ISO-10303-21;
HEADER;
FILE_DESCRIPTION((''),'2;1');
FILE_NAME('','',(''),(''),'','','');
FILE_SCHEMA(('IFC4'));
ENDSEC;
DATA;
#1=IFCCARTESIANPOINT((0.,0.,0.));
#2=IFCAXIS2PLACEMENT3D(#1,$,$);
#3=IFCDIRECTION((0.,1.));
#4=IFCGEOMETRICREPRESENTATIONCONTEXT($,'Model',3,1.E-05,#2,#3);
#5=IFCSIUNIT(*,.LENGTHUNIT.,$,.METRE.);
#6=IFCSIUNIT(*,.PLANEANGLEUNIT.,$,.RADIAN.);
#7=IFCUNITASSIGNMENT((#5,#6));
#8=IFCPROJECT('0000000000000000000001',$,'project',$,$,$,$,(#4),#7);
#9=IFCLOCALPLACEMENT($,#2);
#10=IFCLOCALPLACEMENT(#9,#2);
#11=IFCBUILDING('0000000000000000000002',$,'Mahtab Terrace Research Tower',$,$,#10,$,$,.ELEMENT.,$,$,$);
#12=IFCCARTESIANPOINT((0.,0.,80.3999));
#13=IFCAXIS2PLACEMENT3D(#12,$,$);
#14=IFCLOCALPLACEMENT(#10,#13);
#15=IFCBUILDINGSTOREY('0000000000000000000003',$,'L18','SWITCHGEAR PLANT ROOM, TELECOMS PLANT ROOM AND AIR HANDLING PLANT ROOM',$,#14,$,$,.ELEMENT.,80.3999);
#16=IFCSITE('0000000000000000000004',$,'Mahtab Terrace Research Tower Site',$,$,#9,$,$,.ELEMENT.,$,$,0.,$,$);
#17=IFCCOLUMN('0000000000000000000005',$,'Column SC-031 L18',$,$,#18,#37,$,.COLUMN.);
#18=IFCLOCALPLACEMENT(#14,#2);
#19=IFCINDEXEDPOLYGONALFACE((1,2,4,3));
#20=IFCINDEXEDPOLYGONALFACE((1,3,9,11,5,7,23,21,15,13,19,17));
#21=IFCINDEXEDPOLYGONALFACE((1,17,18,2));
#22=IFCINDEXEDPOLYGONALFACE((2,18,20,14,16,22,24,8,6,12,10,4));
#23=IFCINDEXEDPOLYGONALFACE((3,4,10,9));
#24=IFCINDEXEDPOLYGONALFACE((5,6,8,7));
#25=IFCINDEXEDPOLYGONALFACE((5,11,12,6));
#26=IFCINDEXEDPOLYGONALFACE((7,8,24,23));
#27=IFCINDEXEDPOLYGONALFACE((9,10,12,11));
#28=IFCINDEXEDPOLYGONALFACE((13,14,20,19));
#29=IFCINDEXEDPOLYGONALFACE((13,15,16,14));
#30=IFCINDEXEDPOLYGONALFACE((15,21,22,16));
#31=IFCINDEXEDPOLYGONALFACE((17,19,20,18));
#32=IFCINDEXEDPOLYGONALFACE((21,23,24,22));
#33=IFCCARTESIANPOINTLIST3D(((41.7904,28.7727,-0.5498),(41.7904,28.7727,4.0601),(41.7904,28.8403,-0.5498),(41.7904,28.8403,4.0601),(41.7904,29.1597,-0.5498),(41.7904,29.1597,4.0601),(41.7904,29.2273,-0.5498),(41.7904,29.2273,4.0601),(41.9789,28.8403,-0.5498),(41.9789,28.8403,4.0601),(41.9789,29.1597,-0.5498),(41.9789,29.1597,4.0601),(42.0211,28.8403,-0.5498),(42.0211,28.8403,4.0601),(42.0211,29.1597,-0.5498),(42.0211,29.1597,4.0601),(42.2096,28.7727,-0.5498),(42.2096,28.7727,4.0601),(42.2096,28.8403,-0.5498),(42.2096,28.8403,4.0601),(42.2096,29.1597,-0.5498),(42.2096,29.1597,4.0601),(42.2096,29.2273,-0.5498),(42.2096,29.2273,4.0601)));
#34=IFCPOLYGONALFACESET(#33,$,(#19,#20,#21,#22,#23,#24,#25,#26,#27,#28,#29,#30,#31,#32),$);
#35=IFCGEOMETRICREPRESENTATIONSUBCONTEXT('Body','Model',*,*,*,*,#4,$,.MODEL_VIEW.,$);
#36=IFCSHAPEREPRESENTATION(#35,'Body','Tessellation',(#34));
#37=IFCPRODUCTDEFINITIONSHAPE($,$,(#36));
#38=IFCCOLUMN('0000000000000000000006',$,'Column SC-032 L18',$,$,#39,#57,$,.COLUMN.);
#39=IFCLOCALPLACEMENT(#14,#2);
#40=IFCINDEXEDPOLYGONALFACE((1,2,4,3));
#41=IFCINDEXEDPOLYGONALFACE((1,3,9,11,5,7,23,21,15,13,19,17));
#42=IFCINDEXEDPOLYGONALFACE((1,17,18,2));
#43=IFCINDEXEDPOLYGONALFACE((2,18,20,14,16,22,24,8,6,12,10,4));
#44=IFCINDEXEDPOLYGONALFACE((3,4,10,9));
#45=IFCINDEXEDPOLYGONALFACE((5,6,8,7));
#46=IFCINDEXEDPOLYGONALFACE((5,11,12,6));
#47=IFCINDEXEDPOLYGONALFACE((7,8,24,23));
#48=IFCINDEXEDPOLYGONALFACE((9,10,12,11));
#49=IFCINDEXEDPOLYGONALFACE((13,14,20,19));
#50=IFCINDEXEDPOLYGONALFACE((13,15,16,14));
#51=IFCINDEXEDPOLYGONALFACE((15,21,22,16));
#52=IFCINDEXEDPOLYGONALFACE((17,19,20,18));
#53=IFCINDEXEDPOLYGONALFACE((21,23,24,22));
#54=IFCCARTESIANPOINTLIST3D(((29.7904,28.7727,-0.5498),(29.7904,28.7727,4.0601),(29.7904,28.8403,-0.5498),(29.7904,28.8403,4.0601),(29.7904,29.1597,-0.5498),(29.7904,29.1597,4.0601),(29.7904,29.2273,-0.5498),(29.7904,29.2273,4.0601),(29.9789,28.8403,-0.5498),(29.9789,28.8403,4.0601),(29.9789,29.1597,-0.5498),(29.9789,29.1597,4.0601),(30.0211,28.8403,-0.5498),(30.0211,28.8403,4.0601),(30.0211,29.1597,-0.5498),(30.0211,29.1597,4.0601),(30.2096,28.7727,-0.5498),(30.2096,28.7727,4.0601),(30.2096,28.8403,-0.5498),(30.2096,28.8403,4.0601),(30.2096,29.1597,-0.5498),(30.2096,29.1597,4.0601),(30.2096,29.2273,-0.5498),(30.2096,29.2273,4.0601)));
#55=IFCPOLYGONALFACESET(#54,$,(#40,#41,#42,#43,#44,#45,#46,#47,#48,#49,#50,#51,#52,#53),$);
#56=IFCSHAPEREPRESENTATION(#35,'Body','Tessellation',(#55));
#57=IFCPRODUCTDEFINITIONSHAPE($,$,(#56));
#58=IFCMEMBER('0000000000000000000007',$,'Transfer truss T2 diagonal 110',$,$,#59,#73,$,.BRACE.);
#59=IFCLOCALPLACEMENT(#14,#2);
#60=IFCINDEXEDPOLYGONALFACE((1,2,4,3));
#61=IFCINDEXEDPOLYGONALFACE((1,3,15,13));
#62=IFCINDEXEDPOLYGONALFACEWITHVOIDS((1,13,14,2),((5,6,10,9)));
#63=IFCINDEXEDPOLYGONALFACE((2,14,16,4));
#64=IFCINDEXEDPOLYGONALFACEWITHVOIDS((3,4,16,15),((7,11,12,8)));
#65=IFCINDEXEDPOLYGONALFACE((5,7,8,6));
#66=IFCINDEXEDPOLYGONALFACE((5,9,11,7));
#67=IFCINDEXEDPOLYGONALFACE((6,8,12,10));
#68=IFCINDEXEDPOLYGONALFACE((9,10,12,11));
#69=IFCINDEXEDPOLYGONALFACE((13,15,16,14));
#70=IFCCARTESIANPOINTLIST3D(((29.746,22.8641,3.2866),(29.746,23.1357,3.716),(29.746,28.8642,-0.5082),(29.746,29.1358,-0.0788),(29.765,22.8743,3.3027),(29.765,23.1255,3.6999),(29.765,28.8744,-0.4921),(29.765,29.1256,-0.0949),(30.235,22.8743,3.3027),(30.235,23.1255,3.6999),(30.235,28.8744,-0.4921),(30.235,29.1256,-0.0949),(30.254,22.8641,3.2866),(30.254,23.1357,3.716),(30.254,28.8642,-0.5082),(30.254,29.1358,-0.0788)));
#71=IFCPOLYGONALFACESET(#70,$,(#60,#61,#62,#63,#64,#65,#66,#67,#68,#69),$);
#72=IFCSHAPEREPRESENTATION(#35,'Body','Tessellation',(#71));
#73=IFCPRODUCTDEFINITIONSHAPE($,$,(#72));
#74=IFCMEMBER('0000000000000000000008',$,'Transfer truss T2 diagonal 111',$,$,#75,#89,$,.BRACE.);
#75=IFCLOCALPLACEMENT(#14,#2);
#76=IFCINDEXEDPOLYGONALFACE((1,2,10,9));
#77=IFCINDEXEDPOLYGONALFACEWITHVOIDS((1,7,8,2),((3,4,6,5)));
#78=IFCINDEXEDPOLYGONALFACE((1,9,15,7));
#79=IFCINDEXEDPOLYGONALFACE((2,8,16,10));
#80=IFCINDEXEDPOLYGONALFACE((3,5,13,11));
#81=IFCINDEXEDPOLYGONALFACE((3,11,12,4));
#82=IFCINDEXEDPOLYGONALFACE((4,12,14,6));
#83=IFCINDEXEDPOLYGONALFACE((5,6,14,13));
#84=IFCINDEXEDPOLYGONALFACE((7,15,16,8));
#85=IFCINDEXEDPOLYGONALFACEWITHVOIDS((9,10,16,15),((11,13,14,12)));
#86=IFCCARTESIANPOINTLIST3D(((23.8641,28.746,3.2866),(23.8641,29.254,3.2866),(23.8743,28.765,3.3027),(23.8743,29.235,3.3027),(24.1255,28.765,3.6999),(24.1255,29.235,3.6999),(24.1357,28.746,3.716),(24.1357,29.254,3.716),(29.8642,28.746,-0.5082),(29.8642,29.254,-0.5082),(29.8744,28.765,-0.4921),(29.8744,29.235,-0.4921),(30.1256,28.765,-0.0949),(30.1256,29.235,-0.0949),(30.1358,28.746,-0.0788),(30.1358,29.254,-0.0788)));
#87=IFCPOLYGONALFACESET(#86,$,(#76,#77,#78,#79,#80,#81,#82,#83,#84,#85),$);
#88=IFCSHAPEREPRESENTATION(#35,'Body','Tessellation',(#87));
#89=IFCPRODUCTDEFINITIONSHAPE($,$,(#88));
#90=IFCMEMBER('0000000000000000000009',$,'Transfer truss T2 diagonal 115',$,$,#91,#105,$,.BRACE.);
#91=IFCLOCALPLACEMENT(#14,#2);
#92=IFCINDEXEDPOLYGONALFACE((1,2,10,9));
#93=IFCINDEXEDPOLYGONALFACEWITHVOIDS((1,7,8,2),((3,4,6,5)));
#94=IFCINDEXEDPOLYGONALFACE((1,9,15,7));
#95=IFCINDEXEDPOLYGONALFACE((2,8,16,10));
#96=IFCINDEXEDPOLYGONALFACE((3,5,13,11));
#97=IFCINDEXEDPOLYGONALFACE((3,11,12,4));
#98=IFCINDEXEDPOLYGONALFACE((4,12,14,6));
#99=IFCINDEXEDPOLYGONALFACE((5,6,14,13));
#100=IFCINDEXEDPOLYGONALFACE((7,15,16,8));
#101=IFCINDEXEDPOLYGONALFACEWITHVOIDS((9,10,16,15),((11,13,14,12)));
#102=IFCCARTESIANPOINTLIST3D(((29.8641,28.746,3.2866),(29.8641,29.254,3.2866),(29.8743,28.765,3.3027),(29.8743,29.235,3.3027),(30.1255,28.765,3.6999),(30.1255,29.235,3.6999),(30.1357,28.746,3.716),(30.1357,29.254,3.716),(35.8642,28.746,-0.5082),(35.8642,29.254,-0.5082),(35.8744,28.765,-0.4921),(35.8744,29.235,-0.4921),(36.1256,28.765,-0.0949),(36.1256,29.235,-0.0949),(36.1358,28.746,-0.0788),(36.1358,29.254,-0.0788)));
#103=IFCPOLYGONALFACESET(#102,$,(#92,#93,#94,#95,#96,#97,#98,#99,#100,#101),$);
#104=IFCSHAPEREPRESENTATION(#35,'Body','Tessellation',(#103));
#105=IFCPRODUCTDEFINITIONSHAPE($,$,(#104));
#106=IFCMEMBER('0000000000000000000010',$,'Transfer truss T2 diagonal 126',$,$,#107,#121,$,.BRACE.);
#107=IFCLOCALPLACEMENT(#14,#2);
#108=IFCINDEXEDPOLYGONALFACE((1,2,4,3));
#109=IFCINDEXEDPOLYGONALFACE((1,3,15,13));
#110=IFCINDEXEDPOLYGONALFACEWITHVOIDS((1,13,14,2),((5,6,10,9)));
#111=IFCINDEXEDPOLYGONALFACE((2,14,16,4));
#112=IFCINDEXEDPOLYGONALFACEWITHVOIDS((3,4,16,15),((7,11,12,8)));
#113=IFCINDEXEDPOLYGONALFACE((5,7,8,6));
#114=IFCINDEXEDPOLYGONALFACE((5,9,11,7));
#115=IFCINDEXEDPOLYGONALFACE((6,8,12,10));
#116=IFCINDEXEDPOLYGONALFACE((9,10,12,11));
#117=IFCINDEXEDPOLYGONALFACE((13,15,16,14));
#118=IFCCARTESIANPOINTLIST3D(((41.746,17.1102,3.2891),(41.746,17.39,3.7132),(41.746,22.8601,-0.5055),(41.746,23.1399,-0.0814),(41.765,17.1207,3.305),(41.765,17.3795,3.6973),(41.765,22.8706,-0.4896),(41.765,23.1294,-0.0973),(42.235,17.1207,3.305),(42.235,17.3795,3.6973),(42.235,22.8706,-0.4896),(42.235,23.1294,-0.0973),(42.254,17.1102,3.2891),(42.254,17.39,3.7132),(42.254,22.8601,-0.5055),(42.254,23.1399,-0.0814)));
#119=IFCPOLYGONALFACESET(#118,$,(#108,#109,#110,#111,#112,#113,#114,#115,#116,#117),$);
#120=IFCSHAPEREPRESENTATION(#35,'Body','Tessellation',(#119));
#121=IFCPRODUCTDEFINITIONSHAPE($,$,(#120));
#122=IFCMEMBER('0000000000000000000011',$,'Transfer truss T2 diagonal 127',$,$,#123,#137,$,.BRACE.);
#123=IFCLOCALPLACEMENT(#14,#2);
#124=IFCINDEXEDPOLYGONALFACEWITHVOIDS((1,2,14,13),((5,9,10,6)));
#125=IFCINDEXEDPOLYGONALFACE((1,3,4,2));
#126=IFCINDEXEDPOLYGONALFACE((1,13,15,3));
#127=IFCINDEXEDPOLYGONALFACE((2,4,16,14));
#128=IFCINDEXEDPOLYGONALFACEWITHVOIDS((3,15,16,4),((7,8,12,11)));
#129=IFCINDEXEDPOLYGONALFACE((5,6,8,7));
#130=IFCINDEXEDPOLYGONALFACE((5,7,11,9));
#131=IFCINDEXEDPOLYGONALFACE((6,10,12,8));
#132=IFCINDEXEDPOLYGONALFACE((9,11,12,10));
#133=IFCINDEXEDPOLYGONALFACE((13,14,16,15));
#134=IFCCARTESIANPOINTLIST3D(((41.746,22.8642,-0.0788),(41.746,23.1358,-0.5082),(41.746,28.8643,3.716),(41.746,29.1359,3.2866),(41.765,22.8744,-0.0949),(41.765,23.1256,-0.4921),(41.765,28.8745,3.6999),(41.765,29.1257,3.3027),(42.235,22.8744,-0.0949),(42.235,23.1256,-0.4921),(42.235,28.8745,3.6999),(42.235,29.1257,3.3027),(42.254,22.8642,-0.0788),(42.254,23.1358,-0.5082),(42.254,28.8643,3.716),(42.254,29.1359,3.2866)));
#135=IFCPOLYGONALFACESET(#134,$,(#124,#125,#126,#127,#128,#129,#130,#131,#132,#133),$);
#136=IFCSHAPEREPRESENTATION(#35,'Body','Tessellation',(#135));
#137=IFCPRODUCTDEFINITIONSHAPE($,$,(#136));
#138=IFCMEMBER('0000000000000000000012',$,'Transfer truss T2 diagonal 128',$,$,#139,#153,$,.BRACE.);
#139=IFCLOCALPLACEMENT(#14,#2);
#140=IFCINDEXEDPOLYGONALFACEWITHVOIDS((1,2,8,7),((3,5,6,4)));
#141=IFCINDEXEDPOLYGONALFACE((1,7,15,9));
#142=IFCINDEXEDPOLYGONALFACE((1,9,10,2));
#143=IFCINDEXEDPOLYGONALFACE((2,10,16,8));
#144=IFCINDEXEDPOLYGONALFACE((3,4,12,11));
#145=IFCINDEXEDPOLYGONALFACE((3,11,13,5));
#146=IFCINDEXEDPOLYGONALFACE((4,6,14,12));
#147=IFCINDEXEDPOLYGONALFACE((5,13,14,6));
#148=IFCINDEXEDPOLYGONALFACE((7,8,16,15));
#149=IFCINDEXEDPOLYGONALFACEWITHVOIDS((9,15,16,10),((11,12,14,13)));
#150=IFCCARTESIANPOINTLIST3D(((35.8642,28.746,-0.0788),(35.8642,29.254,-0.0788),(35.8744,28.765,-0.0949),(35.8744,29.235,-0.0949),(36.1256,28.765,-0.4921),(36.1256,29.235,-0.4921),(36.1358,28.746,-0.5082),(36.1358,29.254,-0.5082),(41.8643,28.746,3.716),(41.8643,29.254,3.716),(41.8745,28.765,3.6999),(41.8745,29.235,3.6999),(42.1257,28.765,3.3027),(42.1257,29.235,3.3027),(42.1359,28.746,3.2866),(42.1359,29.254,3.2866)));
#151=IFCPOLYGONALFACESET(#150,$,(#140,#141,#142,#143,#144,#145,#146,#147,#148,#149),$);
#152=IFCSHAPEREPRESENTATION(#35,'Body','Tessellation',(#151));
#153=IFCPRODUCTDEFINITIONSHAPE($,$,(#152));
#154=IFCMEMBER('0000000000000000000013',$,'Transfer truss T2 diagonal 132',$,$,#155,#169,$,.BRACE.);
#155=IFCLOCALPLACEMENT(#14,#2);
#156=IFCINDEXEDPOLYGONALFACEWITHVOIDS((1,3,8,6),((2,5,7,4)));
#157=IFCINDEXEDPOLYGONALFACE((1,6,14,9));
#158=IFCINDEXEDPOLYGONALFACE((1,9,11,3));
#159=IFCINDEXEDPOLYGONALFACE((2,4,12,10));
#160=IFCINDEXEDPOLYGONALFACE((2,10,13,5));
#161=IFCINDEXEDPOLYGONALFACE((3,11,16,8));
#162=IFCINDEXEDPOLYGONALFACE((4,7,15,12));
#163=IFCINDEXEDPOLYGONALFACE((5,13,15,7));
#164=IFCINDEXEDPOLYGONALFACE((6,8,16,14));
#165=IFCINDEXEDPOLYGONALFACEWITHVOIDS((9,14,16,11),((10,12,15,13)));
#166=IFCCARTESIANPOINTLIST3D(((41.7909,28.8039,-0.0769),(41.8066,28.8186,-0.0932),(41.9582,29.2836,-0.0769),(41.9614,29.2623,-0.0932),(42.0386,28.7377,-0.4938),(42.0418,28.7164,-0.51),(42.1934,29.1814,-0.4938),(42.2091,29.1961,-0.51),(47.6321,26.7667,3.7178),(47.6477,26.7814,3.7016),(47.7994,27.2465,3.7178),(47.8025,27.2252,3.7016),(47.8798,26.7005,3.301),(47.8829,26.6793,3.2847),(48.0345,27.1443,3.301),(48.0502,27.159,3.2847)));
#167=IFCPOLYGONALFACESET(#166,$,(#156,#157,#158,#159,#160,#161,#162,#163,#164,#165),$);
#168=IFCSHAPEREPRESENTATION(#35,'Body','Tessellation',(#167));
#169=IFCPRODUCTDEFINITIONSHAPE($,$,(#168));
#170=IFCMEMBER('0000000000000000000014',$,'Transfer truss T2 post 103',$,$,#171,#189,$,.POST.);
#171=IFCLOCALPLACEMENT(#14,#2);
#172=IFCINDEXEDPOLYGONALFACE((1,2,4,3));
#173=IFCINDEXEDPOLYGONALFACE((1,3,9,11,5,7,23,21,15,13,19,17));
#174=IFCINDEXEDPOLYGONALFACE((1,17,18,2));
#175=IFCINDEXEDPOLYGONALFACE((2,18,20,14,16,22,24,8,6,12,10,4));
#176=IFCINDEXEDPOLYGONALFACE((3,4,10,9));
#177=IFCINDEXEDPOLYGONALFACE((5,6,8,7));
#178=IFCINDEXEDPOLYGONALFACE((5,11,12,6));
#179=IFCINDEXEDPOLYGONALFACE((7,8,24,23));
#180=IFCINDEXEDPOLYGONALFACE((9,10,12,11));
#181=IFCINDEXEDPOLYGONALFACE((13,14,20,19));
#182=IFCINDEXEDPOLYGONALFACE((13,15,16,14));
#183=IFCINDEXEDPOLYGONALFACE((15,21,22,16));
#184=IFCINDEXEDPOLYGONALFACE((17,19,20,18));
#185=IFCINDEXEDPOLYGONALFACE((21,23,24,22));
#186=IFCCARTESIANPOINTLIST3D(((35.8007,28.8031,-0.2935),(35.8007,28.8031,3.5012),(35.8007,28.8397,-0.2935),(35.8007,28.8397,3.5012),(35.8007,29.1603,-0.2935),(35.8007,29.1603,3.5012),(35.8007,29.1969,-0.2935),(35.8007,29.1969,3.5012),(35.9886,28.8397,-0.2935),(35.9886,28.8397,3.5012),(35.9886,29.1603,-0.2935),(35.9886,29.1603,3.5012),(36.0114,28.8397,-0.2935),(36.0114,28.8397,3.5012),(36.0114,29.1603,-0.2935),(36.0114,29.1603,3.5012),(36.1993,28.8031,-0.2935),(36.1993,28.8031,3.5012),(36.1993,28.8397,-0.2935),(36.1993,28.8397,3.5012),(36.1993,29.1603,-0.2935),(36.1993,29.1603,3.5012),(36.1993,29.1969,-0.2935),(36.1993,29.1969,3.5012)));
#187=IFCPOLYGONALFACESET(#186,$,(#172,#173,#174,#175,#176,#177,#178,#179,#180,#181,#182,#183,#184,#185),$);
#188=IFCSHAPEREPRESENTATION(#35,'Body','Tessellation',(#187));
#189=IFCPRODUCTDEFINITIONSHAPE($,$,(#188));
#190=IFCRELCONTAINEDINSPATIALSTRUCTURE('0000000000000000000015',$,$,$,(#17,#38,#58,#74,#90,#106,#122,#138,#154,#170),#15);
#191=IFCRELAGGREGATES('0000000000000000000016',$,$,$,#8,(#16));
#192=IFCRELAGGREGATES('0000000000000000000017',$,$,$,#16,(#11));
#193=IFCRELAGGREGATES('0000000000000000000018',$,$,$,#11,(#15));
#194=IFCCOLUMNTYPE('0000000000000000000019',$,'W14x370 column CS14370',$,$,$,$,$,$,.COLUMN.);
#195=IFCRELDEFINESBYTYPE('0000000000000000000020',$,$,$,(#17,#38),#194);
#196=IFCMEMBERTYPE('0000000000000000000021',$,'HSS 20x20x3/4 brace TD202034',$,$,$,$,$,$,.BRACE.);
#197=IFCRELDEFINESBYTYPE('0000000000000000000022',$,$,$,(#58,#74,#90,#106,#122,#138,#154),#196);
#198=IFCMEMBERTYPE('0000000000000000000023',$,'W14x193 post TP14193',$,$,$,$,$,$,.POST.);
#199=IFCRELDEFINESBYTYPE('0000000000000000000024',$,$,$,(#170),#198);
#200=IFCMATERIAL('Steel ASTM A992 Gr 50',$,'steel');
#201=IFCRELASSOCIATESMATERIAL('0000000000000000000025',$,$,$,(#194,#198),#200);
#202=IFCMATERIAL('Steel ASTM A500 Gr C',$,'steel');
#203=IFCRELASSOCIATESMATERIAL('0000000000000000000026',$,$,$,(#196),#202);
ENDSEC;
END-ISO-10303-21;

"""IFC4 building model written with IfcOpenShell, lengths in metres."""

from ifc_helpers import new_model, si_unit, direction, frame, origin, origin_2d, place, context, subcontext, project, spatial, hollow_rectangle, i_section, extrude, material, material_profile, profile_set, type_object, element, save


model = new_model("IFC4")

# Units and contexts
model_context = context("Model", 3, precision=1e-05, world=origin(), true_north=direction((0.0, 1.0)))
body_context = subcontext(model_context, "Body", "Model", "MODEL_VIEW")
ifc_project = project(units=[si_unit("LENGTHUNIT", "METRE"), si_unit("PLANEANGLEUNIT", "RADIAN")], contexts=[model_context])

# Site, building, storey
site_placement = place(None, origin())
site = spatial("IfcSite", under=ifc_project, at=site_placement, Name="Mahtab Terrace Research Tower Site", CompositionType="ELEMENT", RefElevation=0.0)
building_placement = place(site_placement, origin())
building = spatial("IfcBuilding", under=site, at=building_placement, Name="Mahtab Terrace Research Tower", CompositionType="ELEMENT")
storey_placement = place(building_placement, frame((0.0, 0.0, 80.3999)))
storey = spatial("IfcBuildingStorey", under=building, at=storey_placement, Name="L18", Description="SWITCHGEAR PLANT ROOM, TELECOMS PLANT ROOM AND AIR HANDLING PLANT ROOM", CompositionType="ELEMENT", Elevation=80.3999)

# Columns
ifc_material_1 = material(Name="Steel ASTM A992 Gr 50", Category="steel")
ifc_material_profile_1 = material_profile(ifc_material_1, i_section(OverallWidth=0.4192, OverallDepth=0.4546, WebThickness=0.0422, FlangeThickness=0.0676, at=origin_2d()), Name="W14X370")
ifc_profile_set_1 = profile_set([ifc_material_profile_1], Name="Steel ASTM A992 Gr 50")
column_type = type_object("IfcColumnType", Name="W14x370 column CS14370", PredefinedType="COLUMN", material=ifc_profile_set_1)
for number, where, z_axis, x_axis, name in (
    (1, (42.0, 29.0, -0.5498), (0.0, 0.0, 1.0), (1.0, 0.0, 0.0), "Column SC-031 L18"),
    (2, (30.0, 29.0, -0.5498), (0.0, 0.0, 1.0), (1.0, 0.0, 0.0), "Column SC-032 L18"),
):
    element("IfcColumn", number, at=place(storey_placement, frame(where, z_axis=z_axis, x_axis=x_axis)), inside=storey, type_object=column_type, Name=name, PredefinedType="COLUMN", context=body_context, shape_type="SweptSolid", body=[
        extrude(i_section(OverallWidth=0.4192, OverallDepth=0.4546, WebThickness=0.0422, FlangeThickness=0.0676, at=origin_2d()), origin(), (0.0, 0.0, 1.0), 4.6099),
    ])

# Members
ifc_material_2 = material(Name="Steel ASTM A500 Gr C", Category="steel")
ifc_material_profile_2 = material_profile(ifc_material_2, hollow_rectangle(XDim=0.5081, YDim=0.5081, WallThickness=0.019, at=origin_2d()), Name="HSS20X20X3/4")
ifc_profile_set_2 = profile_set([ifc_material_profile_2], Name="Steel ASTM A500 Gr C")
member_type_1 = type_object("IfcMemberType", Name="HSS 20x20x3/4 brace TD202034", PredefinedType="BRACE", material=ifc_profile_set_2)
for number, where, z_axis, x_axis, name in (
    (3, (30.0, 29.0, -0.2935), (0.0, -0.845158, 0.534517), (1.0, 0.0, 0.0), "Transfer truss T2 diagonal 110"),
    (4, (30.0, 29.0, -0.2935), (-0.845158, 0.0, 0.534517), (0.0, -1.0, 0.0), "Transfer truss T2 diagonal 111"),
    (5, (36.0, 29.0, -0.2935), (-0.845158, 0.0, 0.534517), (0.0, -1.0, 0.0), "Transfer truss T2 diagonal 115"),
):
    element("IfcMember", number, at=place(storey_placement, frame(where, z_axis=z_axis, x_axis=x_axis)), inside=storey, type_object=member_type_1, Name=name, PredefinedType="BRACE", context=body_context, shape_type="SweptSolid", body=[
        extrude(hollow_rectangle(XDim=0.5081, YDim=0.5081, WallThickness=0.019, at=origin_2d()), origin(), (0.0, 0.0, 1.0), 7.0994),
    ])
member_1_placement = place(storey_placement, frame((42.0, 23.0, -0.2935), z_axis=(0.0, -0.834631, 0.55081), x_axis=(1.0, 0.0, 0.0)))
element("IfcMember", 6, at=member_1_placement, inside=storey, type_object=member_type_1, Name="Transfer truss T2 diagonal 126", PredefinedType="BRACE", context=body_context, shape_type="SweptSolid", body=[
    extrude(hollow_rectangle(XDim=0.5081, YDim=0.5081, WallThickness=0.019, at=origin_2d()), origin(), (0.0, 0.0, 1.0), 6.8892),
])
for number, where, z_axis, x_axis, name in (
    (7, (42.0, 23.0, -0.2935), (0.0, 0.845158, 0.534517), (-1.0, 0.0, 0.0), "Transfer truss T2 diagonal 127"),
    (8, (36.0, 29.0, -0.2935), (0.845158, 0.0, 0.534517), (0.0, 1.0, 0.0), "Transfer truss T2 diagonal 128"),
):
    element("IfcMember", number, at=place(storey_placement, frame(where, z_axis=z_axis, x_axis=x_axis)), inside=storey, type_object=member_type_1, Name=name, PredefinedType="BRACE", context=body_context, shape_type="SweptSolid", body=[
        extrude(hollow_rectangle(XDim=0.5081, YDim=0.5081, WallThickness=0.019, at=origin_2d()), origin(), (0.0, 0.0, 1.0), 7.0994),
    ])
member_2_placement = place(storey_placement, frame((42.0, 29.0, -0.2935), z_axis=(0.804861, -0.280701, 0.522882), x_axis=(0.329304, 0.944224, 0.0)))
element("IfcMember", 9, at=member_2_placement, inside=storey, type_object=member_type_1, Name="Transfer truss T2 diagonal 132", PredefinedType="BRACE", context=body_context, shape_type="SweptSolid", body=[
    extrude(hollow_rectangle(XDim=0.5081, YDim=0.5081, WallThickness=0.019, at=origin_2d()), origin(), (0.0, 0.0, 1.0), 7.2573),
])
ifc_material_profile_3 = material_profile(ifc_material_1, i_section(OverallWidth=0.3987, OverallDepth=0.3938, WebThickness=0.0227, FlangeThickness=0.0366, at=origin_2d()), Name="W14X193")
ifc_profile_set_3 = profile_set([ifc_material_profile_3], Name="Steel ASTM A992 Gr 50")
member_type_2 = type_object("IfcMemberType", Name="W14x193 post TP14193", PredefinedType="POST", material=ifc_profile_set_3)
for number, where, z_axis, x_axis, name in (
    (10, (36.0, 29.0, -0.2935), (0.0, 0.0, 1.0), (1.0, 0.0, 0.0), "Transfer truss T2 post 103"),
):
    element("IfcMember", number, at=place(storey_placement, frame(where, z_axis=z_axis, x_axis=x_axis)), inside=storey, type_object=member_type_2, Name=name, PredefinedType="POST", context=body_context, shape_type="SweptSolid", body=[
        extrude(i_section(OverallWidth=0.3987, OverallDepth=0.3938, WebThickness=0.0227, FlangeThickness=0.0366, at=origin_2d()), origin(), (0.0, 0.0, 1.0), 3.7947),
    ])

save(model, "model.ifc")
